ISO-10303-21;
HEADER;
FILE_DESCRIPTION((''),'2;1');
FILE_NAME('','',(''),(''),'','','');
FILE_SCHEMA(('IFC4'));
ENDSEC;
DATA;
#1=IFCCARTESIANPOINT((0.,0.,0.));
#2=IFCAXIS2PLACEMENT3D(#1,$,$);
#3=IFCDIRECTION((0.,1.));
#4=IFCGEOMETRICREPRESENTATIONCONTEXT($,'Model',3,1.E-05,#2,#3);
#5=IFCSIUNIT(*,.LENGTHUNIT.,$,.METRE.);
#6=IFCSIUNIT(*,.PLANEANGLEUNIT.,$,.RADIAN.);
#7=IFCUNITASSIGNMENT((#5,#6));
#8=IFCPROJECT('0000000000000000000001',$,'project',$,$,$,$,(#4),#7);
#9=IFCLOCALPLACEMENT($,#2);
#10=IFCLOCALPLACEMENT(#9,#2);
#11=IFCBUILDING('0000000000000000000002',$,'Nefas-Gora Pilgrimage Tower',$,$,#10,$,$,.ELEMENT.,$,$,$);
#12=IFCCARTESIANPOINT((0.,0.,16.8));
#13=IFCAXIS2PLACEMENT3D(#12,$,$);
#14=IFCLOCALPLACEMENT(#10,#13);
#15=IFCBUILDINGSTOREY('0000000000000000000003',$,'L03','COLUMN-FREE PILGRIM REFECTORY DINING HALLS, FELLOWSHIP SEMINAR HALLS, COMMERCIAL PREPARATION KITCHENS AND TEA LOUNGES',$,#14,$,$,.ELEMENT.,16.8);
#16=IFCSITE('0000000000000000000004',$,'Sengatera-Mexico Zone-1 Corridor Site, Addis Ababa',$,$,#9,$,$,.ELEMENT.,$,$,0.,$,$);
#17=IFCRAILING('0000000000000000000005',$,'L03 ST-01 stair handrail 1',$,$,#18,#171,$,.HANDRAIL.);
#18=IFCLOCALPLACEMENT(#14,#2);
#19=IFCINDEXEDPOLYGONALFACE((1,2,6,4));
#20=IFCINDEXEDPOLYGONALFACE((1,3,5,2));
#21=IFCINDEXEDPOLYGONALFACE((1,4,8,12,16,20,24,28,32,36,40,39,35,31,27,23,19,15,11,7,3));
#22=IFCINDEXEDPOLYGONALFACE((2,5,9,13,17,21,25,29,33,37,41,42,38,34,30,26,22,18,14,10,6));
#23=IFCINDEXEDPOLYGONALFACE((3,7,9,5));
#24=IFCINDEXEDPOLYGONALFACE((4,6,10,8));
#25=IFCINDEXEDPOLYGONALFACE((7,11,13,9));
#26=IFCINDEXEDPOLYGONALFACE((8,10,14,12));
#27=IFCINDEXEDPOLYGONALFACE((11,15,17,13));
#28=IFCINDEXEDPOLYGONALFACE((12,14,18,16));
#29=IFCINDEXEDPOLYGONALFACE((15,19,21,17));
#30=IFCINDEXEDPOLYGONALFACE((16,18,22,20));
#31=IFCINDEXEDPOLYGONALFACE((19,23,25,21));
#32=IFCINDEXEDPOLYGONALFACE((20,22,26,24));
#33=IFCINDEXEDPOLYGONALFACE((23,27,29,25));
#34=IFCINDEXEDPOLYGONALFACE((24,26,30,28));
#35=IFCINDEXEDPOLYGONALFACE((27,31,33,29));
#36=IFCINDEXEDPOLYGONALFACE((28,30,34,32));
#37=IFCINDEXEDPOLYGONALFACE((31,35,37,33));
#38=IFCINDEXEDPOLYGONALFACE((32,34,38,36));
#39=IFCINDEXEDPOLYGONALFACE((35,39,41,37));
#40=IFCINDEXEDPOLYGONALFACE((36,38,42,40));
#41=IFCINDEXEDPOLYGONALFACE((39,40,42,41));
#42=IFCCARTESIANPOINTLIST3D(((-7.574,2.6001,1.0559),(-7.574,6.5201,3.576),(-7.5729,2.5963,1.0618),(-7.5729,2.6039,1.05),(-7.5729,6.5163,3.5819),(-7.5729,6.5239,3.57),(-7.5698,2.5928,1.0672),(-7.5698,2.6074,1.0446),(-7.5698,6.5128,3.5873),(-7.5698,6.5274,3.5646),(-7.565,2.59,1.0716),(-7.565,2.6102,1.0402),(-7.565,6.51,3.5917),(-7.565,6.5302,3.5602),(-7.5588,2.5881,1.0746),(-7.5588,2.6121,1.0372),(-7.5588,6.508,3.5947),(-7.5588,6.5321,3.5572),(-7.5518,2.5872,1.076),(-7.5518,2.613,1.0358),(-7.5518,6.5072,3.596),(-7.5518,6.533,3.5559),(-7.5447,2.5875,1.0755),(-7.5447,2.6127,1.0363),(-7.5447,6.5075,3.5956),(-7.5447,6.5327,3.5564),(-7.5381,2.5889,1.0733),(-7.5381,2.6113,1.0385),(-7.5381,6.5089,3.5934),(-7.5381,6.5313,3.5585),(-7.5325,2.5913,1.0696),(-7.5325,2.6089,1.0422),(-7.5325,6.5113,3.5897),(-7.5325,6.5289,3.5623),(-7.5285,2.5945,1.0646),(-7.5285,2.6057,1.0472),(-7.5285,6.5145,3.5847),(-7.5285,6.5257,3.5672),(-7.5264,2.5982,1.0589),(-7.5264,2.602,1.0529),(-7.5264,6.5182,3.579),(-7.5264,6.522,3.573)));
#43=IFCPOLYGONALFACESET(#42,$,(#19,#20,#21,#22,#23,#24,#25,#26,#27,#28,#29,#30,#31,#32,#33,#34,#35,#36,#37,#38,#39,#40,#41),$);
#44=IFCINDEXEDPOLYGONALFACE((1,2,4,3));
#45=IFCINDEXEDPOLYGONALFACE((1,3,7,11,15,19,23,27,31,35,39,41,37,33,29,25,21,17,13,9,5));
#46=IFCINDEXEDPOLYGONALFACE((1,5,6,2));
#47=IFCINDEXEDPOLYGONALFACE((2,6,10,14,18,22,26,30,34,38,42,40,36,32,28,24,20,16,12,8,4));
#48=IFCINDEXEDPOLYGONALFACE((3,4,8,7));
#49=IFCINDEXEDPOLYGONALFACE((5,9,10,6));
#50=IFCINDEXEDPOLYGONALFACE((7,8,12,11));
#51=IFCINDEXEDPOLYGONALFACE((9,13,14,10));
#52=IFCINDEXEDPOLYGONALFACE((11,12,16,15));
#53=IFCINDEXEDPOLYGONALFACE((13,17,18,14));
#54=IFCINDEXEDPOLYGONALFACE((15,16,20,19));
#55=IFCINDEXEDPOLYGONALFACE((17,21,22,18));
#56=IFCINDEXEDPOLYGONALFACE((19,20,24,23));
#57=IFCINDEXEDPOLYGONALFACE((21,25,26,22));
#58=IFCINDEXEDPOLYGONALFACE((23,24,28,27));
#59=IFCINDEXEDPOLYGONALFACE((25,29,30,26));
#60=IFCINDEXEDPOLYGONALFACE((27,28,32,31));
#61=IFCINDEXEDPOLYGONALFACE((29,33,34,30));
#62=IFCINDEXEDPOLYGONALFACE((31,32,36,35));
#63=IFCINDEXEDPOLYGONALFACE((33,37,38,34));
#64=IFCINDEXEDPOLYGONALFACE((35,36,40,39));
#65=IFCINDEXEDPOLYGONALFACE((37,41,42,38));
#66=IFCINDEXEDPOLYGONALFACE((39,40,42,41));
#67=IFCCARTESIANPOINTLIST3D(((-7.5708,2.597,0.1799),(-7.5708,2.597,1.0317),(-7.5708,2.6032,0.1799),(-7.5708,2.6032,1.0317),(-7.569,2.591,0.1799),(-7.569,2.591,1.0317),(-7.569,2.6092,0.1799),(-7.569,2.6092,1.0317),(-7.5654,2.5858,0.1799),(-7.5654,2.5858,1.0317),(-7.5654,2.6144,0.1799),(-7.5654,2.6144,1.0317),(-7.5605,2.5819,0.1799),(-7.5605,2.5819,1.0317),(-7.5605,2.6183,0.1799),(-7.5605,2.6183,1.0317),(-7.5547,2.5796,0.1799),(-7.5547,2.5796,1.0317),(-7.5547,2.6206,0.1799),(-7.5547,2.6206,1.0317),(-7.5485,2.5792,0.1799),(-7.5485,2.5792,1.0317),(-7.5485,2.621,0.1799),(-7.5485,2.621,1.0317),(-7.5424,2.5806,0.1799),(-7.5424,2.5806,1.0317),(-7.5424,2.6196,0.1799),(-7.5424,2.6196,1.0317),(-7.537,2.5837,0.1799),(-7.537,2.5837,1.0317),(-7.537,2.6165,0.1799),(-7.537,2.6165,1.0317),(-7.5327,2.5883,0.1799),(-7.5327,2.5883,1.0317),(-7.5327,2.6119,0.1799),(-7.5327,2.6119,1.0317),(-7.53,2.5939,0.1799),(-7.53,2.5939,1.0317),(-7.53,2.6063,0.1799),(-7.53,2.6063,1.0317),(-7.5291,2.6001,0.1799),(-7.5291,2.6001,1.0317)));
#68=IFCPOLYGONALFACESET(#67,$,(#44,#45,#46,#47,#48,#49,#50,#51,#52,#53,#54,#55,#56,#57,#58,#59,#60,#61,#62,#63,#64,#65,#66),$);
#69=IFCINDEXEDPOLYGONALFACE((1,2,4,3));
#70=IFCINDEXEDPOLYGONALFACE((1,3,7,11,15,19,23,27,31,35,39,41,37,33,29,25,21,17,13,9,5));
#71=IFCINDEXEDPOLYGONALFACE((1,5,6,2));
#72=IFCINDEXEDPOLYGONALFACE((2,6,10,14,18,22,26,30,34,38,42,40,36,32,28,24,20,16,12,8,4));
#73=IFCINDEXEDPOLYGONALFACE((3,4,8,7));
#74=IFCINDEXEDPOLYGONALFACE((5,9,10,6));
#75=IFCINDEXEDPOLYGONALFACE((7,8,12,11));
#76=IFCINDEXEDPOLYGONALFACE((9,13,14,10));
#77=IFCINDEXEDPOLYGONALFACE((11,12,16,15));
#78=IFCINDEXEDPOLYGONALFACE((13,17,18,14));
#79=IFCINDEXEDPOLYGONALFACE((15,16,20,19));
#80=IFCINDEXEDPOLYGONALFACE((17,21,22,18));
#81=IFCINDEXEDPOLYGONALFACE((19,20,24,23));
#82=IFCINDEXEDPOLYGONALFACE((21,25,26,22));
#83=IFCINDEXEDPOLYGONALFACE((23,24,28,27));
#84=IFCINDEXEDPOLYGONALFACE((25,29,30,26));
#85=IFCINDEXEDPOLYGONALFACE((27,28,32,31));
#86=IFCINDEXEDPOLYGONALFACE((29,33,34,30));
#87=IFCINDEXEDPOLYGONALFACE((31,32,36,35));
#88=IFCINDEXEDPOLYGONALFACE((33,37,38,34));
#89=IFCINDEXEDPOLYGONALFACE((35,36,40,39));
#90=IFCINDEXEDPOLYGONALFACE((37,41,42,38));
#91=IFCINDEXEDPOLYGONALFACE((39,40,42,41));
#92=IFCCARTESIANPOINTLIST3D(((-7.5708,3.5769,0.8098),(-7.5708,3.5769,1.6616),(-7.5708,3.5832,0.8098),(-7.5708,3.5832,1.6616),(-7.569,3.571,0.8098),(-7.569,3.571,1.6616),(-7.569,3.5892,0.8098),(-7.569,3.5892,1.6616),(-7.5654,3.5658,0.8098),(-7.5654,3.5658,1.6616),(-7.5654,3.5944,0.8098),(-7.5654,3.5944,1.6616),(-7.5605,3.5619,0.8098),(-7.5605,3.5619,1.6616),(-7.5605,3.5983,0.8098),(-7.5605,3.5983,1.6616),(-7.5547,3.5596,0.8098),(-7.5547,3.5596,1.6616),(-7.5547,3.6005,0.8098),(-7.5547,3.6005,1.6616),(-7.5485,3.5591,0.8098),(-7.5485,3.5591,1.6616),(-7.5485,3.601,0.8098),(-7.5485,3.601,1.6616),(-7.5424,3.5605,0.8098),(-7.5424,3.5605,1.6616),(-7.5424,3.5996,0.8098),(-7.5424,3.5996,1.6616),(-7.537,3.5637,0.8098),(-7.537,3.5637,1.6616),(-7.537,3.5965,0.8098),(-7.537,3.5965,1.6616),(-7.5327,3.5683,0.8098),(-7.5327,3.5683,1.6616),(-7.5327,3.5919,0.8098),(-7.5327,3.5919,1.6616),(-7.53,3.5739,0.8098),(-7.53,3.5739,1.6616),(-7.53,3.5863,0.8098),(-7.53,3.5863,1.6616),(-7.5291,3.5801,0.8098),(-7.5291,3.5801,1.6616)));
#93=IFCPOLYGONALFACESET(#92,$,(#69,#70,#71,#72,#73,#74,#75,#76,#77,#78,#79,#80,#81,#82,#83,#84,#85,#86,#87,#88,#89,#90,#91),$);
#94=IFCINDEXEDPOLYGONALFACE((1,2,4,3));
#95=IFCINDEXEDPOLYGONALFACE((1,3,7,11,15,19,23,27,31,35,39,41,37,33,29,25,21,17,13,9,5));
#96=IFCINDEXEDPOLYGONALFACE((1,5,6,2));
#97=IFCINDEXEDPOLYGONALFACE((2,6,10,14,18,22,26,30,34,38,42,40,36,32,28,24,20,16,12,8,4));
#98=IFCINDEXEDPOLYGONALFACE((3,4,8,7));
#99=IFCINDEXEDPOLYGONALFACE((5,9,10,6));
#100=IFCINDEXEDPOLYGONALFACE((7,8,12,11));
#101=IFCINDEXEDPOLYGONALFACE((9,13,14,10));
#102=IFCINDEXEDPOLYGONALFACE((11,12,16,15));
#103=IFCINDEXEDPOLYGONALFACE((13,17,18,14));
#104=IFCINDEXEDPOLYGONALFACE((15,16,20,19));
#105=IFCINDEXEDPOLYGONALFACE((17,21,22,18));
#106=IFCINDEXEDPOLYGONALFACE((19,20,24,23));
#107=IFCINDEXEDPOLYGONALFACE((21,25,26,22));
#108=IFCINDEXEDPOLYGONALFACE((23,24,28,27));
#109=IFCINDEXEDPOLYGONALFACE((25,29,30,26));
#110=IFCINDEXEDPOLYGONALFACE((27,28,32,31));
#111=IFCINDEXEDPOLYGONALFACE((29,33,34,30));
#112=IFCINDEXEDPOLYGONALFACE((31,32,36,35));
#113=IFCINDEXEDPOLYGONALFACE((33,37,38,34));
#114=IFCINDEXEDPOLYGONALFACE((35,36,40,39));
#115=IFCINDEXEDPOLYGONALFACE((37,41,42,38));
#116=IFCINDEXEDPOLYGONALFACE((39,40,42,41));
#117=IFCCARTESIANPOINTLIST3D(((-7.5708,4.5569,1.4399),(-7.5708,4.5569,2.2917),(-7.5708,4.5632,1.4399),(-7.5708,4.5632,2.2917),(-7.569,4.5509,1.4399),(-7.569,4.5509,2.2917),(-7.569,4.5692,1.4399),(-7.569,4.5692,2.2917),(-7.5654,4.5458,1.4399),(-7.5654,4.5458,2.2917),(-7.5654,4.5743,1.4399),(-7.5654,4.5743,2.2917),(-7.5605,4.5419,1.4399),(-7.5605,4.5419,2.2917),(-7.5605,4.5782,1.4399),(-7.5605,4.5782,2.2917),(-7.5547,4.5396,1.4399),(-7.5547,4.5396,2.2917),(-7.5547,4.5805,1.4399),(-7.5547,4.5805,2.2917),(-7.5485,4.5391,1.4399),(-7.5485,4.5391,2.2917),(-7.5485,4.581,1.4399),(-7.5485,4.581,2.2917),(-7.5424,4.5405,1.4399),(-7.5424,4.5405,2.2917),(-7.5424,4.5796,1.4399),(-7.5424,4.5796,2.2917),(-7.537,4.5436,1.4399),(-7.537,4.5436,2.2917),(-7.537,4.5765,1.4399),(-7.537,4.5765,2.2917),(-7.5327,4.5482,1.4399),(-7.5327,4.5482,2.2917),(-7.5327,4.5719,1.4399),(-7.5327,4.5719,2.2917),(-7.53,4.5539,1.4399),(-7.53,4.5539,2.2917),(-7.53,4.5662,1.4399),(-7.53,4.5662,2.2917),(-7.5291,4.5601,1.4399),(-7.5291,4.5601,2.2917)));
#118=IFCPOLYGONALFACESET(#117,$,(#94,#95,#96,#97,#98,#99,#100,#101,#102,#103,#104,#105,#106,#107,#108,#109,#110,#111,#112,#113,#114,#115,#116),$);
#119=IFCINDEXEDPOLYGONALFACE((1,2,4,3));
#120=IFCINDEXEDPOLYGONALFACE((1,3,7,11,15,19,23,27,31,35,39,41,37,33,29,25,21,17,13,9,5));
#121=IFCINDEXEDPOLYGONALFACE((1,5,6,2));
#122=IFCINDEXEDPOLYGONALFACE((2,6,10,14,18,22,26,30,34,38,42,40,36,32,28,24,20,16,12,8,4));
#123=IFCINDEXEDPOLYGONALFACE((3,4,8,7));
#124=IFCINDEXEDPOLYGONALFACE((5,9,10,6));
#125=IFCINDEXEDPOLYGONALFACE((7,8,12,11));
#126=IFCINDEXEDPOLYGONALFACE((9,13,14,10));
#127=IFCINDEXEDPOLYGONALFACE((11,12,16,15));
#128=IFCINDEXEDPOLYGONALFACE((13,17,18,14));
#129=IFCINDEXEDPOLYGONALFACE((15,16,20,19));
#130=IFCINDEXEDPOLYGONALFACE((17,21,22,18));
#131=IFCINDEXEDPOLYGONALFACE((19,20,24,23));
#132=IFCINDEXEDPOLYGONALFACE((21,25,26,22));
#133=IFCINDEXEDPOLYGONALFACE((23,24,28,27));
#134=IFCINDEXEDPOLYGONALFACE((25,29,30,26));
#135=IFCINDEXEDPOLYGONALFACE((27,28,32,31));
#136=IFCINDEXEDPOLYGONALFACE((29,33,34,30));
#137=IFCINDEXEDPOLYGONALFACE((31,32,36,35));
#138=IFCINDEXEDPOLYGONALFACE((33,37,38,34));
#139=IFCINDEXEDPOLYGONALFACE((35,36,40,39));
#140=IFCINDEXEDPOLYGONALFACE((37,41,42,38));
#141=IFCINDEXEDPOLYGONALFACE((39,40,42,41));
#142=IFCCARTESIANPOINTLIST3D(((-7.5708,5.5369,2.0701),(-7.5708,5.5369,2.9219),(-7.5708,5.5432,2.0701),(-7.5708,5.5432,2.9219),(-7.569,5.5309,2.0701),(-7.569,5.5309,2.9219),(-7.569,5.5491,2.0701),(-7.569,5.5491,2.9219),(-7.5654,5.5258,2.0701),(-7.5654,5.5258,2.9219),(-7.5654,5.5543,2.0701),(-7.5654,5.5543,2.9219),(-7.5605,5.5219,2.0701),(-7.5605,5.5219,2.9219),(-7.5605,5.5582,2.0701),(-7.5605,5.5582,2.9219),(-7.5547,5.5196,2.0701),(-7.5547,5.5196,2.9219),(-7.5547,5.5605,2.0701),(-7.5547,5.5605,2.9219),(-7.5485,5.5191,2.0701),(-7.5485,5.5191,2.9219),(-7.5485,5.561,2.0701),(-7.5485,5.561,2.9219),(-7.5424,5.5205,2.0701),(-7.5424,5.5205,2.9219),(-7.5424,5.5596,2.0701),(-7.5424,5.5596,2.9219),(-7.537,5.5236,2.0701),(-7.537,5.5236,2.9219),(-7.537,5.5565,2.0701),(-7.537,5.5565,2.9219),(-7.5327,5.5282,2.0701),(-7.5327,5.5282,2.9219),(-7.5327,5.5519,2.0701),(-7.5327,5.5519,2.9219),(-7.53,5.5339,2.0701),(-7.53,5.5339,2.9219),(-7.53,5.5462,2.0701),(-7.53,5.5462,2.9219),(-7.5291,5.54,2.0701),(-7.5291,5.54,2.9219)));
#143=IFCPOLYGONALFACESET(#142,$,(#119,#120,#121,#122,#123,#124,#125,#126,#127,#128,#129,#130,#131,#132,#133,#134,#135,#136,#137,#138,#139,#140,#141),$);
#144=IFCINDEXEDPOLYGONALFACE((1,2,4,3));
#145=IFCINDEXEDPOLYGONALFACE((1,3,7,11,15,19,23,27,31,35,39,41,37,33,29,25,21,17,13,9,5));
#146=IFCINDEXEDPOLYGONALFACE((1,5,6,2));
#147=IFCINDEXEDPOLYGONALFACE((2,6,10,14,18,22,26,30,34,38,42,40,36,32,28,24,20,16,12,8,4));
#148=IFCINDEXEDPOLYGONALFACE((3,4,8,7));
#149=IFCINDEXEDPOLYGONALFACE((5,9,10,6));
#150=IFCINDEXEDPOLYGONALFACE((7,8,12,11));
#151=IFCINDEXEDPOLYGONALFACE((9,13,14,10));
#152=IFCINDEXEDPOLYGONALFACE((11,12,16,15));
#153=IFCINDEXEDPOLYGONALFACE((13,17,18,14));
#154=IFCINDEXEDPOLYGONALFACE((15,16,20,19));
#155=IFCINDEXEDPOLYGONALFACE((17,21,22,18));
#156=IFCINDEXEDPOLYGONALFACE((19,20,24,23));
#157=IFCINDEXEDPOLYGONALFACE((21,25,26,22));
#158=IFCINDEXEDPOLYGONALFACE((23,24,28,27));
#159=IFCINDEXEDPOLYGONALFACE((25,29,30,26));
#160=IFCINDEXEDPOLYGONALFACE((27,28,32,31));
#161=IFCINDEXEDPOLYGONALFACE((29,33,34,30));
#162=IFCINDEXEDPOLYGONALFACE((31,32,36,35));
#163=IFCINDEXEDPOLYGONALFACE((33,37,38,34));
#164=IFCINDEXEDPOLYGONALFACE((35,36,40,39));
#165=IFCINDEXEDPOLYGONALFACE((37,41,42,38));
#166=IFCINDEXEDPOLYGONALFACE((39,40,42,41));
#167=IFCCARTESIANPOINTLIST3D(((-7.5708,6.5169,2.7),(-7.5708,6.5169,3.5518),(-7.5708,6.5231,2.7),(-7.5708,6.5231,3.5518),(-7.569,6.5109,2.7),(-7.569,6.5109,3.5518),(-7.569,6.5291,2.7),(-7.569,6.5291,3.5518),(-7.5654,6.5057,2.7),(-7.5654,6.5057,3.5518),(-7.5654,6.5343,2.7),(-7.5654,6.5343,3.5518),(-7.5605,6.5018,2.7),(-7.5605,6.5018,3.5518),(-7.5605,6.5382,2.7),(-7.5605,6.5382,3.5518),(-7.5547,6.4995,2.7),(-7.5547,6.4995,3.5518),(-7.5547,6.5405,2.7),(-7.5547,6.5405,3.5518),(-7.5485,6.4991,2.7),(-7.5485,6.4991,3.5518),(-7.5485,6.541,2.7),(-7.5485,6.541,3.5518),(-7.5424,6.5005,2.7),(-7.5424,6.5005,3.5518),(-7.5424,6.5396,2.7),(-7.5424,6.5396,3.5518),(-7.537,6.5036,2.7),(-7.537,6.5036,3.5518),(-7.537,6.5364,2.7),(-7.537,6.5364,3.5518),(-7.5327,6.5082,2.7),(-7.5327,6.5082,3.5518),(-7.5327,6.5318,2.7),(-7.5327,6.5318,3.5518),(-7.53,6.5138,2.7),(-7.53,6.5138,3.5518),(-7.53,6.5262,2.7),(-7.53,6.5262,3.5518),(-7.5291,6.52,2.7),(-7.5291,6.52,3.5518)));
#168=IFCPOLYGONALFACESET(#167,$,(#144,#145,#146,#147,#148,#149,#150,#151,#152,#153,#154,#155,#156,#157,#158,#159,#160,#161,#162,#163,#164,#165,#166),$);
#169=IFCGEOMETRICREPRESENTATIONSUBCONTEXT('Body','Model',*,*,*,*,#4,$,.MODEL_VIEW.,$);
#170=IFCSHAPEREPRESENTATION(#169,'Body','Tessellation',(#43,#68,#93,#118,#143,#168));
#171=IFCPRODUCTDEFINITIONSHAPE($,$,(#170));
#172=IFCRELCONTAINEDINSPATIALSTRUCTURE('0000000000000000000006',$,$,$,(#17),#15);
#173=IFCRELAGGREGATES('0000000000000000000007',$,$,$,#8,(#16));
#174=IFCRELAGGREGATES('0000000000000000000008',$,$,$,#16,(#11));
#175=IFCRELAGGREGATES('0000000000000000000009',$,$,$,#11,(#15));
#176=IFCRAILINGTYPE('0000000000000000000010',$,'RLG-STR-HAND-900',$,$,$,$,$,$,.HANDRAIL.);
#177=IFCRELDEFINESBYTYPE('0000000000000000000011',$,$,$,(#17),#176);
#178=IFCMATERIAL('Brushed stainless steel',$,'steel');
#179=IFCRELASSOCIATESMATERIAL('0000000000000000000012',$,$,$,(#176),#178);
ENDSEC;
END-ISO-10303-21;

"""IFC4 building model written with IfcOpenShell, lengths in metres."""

from ifc_helpers import new_model, si_unit, direction, frame, origin, origin_2d, place, context, subcontext, project, spatial, circle, extrude, material, type_object, element, save


model = new_model("IFC4")

# Units and contexts
model_context = context("Model", 3, precision=1e-05, world=origin(), true_north=direction((0.0, 1.0)))
body_context = subcontext(model_context, "Body", "Model", "MODEL_VIEW")
ifc_project = project(units=[si_unit("LENGTHUNIT", "METRE"), si_unit("PLANEANGLEUNIT", "RADIAN")], contexts=[model_context])

# Site, building, storey
site_placement = place(None, origin())
site = spatial("IfcSite", under=ifc_project, at=site_placement, Name="Sengatera-Mexico Zone-1 Corridor Site, Addis Ababa", CompositionType="ELEMENT", RefElevation=0.0)
building_placement = place(site_placement, origin())
building = spatial("IfcBuilding", under=site, at=building_placement, Name="Nefas-Gora Pilgrimage Tower", CompositionType="ELEMENT")
storey_placement = place(building_placement, frame((0.0, 0.0, 16.8)))
storey = spatial("IfcBuildingStorey", under=building, at=storey_placement, Name="L03", Description="COLUMN-FREE PILGRIM REFECTORY DINING HALLS, FELLOWSHIP SEMINAR HALLS, COMMERCIAL PREPARATION KITCHENS AND TEA LOUNGES", CompositionType="ELEMENT", Elevation=16.8)

# Railing
ifc_material_1 = material(Name="Brushed stainless steel", Category="steel")
railing_type_1 = type_object("IfcRailingType", Name="RLG-STR-HAND-900", PredefinedType="HANDRAIL", material=ifc_material_1)
railing_1_placement = place(storey_placement, frame((-7.55, 2.6001, 0.1799)))
element("IfcRailing", 1, at=railing_1_placement, inside=storey, type_object=railing_type_1, Name="L03 ST-01 stair handrail 1", PredefinedType="HANDRAIL", context=body_context, shape_type="SweptSolid", body=[
    extrude(circle(Radius=0.0239, at=origin_2d()), frame((0.0, 0.0, 0.876), z_axis=(0.0, 0.841172, 0.540768), x_axis=(-1.0, 0.0, 0.0)), (0.0, 0.0, 1.0), 4.6602),
    extrude(circle(Radius=0.021, at=origin_2d()), origin(), (0.0, 0.0, 1.0), 0.8518),
    extrude(circle(Radius=0.021, at=origin_2d()), frame((0.0, 0.98, 0.6299)), (0.0, 0.0, 1.0), 0.8518),
    extrude(circle(Radius=0.021, at=origin_2d()), frame((0.0, 1.96, 1.26)), (0.0, 0.0, 1.0), 0.8518),
    extrude(circle(Radius=0.021, at=origin_2d()), frame((0.0, 2.9399, 1.8901)), (0.0, 0.0, 1.0), 0.8518),
    extrude(circle(Radius=0.021, at=origin_2d()), frame((0.0, 3.9199, 2.52)), (0.0, 0.0, 1.0), 0.8518),
])

save(model, "model.ifc")
